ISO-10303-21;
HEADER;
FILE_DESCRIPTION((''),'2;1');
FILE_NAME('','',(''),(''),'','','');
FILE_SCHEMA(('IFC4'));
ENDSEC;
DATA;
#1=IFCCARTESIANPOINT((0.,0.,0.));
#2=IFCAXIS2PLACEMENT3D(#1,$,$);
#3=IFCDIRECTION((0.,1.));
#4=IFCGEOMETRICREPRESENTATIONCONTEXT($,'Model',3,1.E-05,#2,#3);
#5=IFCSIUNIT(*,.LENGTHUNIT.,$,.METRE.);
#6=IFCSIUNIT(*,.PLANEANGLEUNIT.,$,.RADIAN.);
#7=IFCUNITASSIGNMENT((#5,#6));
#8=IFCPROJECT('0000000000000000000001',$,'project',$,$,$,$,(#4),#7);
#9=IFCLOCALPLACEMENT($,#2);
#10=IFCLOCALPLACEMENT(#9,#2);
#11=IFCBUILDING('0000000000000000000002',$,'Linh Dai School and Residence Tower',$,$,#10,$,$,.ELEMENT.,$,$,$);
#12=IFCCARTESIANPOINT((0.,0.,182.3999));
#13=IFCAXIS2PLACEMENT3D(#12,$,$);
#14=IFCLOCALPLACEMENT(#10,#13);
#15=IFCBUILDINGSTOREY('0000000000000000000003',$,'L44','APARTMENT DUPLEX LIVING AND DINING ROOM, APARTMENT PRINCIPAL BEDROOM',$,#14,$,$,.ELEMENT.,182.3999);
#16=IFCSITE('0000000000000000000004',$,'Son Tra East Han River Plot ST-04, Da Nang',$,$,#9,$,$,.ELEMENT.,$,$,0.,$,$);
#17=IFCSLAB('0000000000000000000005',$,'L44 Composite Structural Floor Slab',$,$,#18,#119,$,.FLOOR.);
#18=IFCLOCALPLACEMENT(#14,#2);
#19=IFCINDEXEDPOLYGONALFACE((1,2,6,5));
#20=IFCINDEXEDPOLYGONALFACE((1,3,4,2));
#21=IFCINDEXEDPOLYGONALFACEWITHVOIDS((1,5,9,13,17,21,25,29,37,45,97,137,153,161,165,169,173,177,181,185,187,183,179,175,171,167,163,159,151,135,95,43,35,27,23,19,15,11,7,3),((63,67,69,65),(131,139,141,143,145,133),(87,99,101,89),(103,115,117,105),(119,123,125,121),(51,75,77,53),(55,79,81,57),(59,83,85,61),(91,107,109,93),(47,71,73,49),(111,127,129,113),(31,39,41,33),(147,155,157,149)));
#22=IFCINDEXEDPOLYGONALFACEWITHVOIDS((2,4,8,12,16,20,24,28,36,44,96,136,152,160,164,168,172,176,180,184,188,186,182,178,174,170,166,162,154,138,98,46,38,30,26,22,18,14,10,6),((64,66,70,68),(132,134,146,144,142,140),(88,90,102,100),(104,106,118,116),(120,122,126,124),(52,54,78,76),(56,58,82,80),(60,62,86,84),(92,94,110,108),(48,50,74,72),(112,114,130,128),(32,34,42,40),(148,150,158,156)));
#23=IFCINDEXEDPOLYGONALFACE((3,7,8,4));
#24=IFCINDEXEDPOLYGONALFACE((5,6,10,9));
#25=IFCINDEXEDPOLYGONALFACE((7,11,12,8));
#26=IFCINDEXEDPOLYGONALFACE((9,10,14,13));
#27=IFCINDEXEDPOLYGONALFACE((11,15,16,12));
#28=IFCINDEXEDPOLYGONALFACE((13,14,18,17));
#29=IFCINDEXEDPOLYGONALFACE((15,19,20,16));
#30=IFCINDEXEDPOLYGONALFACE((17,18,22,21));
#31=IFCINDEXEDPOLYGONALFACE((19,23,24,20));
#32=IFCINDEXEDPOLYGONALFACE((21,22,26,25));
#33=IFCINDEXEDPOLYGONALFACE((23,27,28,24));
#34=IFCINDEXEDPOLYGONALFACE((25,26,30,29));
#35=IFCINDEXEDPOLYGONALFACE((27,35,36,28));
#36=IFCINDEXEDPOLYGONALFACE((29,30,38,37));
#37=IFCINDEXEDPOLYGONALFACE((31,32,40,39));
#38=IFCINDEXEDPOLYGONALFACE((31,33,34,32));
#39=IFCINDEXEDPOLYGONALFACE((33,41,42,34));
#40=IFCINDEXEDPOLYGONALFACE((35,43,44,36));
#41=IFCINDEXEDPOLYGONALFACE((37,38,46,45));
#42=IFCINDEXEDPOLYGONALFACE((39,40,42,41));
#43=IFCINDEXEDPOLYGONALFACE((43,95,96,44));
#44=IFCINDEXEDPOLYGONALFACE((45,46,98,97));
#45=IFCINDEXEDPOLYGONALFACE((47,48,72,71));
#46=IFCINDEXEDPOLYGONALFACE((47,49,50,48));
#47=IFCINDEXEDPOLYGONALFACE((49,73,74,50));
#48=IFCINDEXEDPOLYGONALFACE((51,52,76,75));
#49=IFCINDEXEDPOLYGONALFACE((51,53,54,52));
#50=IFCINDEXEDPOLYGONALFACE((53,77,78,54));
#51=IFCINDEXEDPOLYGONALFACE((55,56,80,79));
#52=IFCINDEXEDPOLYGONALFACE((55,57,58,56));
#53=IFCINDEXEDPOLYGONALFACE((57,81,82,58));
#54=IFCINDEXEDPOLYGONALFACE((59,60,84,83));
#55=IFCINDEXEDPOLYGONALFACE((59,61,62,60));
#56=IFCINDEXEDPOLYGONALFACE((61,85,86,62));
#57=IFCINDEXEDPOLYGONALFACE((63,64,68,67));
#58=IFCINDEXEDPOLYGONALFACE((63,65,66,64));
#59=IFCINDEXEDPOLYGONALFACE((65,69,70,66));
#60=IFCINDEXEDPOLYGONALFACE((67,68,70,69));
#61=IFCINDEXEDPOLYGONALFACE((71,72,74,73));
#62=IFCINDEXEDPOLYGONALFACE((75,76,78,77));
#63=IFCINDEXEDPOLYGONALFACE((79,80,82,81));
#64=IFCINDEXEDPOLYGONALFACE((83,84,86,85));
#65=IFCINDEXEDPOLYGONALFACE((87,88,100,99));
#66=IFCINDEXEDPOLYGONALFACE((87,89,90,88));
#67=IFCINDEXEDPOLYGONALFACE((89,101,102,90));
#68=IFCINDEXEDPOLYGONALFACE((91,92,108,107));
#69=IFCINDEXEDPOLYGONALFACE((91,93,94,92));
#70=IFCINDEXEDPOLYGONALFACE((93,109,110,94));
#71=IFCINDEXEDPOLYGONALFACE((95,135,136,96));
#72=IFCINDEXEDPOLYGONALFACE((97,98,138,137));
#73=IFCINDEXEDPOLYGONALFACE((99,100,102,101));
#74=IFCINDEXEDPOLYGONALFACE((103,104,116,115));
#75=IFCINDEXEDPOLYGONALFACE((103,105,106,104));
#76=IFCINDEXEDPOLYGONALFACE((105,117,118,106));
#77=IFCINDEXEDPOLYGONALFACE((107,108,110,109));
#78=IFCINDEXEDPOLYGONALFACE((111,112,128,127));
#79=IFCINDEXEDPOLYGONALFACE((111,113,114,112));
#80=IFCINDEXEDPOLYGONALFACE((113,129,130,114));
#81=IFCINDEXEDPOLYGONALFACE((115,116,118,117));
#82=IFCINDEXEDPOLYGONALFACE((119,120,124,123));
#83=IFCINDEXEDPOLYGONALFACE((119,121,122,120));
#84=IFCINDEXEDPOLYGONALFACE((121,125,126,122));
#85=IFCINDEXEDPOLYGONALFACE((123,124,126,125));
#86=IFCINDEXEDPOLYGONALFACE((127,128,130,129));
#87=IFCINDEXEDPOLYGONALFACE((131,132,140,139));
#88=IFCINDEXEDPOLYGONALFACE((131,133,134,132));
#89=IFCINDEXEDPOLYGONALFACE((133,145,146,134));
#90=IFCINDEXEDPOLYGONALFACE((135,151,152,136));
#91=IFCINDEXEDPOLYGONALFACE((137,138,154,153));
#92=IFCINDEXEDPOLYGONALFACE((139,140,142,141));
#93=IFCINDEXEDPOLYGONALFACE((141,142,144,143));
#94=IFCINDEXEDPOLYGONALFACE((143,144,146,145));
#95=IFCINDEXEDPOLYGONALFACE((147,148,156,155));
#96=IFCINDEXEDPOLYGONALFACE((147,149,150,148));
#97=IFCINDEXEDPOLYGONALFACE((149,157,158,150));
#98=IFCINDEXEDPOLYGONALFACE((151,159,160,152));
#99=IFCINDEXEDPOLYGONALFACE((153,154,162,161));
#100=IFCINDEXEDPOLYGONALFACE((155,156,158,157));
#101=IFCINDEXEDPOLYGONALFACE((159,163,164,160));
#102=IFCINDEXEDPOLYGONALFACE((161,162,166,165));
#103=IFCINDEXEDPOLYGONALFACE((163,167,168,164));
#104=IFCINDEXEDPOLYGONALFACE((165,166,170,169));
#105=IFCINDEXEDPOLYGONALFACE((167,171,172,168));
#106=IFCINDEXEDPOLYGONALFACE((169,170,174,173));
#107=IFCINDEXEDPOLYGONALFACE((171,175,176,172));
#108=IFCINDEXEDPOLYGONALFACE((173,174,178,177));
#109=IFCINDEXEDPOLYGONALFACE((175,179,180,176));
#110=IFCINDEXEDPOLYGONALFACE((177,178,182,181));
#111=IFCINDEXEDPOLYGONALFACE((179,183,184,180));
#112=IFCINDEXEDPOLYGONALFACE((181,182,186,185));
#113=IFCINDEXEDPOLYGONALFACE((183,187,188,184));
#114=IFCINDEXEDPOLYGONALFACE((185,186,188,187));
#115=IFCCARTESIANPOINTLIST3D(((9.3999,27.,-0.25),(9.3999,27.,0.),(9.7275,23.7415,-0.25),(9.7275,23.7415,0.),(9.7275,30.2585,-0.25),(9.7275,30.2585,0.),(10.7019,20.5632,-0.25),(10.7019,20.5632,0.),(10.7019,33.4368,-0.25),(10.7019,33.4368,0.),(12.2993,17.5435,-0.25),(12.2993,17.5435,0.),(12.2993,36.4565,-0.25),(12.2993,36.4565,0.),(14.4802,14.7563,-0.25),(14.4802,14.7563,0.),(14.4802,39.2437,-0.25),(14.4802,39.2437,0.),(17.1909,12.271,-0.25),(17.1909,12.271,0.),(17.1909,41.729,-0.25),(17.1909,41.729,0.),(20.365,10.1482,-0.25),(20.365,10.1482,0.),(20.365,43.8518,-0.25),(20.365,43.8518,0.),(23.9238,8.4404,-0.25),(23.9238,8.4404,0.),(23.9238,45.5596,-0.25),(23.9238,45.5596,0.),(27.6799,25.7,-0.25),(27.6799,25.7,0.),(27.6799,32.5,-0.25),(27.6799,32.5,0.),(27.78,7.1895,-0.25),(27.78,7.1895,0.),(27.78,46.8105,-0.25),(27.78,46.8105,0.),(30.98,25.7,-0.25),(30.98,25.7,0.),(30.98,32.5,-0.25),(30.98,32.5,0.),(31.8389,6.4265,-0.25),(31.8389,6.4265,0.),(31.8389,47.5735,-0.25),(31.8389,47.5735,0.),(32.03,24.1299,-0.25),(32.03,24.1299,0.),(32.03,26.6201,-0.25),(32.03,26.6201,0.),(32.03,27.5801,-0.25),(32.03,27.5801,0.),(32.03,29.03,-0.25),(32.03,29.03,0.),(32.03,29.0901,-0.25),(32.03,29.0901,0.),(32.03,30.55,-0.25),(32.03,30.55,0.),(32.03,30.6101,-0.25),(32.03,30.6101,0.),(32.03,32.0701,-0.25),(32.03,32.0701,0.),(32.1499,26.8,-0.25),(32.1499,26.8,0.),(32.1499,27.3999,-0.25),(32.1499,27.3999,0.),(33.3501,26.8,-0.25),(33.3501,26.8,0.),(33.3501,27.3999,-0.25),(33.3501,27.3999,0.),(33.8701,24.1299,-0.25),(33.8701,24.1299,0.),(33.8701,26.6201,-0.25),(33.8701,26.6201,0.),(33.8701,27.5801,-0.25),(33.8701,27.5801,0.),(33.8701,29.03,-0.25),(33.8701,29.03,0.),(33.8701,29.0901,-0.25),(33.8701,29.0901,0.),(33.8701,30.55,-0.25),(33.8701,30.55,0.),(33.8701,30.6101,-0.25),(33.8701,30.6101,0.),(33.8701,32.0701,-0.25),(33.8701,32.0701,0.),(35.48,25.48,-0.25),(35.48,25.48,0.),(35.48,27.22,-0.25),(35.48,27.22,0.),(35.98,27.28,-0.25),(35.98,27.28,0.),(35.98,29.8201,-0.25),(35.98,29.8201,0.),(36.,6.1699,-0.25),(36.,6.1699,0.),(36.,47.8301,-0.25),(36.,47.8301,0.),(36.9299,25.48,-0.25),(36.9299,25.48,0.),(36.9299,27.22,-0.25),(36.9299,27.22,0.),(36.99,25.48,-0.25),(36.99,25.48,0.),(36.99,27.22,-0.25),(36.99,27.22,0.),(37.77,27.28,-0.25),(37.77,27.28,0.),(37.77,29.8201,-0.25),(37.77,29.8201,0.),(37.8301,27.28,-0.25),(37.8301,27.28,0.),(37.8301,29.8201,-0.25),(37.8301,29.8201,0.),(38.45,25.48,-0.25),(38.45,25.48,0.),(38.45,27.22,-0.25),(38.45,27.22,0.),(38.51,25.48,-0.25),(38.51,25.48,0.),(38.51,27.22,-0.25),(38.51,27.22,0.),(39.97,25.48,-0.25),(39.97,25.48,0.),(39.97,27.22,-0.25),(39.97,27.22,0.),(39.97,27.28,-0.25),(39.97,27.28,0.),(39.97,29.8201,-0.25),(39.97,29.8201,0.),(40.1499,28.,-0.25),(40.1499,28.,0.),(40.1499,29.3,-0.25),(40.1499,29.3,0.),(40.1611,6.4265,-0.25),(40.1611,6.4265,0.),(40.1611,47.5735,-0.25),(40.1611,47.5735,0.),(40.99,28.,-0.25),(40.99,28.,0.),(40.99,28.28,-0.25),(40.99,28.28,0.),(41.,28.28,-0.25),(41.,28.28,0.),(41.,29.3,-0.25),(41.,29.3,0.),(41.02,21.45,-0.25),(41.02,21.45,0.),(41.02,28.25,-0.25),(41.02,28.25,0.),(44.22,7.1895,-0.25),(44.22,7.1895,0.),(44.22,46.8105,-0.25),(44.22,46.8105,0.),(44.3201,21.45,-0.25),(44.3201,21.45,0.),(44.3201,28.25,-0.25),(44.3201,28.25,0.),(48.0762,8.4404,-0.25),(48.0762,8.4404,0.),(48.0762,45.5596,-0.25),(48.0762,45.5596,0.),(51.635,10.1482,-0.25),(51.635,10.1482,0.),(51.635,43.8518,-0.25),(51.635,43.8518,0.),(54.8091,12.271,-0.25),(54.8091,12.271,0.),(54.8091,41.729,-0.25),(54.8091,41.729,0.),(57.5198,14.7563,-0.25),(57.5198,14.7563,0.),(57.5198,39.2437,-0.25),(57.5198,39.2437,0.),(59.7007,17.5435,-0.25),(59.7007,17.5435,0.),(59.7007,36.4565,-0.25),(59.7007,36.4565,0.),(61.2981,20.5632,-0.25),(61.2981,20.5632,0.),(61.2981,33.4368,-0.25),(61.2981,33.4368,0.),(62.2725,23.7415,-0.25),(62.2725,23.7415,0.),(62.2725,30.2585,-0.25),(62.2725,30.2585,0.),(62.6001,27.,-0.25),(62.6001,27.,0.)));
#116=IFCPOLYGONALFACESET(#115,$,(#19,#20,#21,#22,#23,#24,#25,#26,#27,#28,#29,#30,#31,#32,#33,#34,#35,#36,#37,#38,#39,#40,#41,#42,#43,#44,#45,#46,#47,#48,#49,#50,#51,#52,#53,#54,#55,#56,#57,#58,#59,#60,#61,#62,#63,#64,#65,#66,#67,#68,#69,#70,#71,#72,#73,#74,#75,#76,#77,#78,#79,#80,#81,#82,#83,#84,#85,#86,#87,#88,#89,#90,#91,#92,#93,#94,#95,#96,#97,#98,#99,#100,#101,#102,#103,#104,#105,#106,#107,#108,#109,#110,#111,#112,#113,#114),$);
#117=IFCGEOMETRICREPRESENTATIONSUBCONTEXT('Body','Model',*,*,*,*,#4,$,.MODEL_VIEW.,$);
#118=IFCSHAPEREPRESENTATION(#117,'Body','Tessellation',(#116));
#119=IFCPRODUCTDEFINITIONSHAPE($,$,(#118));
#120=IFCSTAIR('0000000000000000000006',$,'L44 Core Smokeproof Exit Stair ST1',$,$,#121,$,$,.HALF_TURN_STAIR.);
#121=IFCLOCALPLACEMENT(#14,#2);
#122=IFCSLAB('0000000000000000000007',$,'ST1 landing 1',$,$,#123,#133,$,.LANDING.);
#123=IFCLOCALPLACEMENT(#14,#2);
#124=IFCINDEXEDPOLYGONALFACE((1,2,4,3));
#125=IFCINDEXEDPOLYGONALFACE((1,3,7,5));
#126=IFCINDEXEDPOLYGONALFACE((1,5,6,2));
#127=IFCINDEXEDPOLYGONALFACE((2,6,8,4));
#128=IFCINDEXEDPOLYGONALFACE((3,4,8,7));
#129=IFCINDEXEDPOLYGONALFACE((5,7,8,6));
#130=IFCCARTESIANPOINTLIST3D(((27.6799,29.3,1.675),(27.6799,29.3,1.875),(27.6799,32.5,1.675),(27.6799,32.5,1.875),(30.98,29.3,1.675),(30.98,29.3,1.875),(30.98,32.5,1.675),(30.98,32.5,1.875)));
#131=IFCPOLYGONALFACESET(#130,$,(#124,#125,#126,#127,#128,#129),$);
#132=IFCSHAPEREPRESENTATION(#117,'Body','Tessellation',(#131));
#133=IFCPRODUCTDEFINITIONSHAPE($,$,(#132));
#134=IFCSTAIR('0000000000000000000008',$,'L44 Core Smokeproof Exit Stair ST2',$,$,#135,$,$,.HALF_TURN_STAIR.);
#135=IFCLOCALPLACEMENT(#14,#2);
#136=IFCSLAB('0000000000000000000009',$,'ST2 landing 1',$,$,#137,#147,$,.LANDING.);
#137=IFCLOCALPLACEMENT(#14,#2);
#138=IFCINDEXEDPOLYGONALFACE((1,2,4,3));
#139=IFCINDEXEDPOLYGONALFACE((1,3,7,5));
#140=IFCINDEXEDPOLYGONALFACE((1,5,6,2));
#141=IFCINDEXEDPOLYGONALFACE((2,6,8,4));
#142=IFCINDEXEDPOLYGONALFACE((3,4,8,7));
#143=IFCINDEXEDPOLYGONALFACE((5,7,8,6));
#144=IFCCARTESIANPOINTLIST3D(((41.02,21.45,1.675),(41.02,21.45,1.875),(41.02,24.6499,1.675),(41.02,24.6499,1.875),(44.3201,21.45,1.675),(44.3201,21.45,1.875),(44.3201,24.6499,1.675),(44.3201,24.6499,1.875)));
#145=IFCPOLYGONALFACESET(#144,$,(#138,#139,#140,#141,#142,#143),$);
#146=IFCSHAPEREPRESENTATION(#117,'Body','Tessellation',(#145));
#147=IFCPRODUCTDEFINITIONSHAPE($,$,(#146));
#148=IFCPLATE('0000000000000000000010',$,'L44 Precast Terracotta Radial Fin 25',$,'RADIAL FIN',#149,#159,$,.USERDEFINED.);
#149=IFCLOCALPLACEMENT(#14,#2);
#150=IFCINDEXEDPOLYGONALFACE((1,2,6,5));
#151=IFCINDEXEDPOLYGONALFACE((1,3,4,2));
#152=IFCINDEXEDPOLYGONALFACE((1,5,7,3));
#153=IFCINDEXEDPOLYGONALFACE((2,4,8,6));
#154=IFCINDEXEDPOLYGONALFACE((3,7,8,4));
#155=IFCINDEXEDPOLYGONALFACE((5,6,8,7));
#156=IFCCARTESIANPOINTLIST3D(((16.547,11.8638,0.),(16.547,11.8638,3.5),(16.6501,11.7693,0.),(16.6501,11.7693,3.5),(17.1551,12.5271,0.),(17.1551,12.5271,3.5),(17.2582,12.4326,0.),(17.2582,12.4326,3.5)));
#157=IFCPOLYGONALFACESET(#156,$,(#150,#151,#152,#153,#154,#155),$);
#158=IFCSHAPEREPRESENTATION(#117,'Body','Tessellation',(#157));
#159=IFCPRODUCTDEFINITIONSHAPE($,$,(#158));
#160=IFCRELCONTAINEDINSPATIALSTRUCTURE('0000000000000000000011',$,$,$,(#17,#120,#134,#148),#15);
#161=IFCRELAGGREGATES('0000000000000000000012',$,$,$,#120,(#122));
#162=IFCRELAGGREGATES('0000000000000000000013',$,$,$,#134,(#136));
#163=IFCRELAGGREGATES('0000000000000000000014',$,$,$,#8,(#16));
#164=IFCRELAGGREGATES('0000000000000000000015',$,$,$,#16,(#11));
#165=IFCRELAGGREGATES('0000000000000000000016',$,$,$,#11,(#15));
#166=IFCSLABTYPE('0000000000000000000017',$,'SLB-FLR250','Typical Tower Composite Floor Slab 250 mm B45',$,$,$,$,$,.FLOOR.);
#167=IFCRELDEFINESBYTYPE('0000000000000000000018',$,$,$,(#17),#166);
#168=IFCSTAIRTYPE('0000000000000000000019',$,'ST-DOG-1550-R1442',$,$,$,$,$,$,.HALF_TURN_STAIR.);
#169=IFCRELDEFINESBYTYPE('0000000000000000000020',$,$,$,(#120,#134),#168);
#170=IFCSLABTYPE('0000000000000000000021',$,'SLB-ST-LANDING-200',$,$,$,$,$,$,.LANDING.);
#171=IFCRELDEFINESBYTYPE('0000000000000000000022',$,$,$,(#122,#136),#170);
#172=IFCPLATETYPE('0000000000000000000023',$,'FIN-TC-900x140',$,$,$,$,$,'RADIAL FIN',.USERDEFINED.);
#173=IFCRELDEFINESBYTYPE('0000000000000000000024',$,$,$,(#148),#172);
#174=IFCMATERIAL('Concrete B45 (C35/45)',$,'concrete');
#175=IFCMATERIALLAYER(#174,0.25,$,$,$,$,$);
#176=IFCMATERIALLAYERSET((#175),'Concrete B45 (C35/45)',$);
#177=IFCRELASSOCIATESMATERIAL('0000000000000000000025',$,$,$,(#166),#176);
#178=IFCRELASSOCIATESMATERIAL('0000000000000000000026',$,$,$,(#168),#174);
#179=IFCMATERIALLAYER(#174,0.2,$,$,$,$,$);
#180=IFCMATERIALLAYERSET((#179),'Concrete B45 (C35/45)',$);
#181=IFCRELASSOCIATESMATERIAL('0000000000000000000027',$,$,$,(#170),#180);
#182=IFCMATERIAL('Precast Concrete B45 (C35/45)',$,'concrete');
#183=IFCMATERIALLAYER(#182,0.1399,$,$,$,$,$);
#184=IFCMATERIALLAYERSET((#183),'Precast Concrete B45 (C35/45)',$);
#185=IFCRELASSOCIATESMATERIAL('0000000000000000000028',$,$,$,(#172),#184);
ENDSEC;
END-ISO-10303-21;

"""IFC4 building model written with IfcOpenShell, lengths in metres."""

from ifc_helpers import new_model, si_unit, direction, frame, origin, origin_2d, place, context, subcontext, project, spatial, polyline, rectangle, outline, extrude, source, transform, mapped, material, layer, layer_set, type_object, element, aggregate, save


model = new_model("IFC4")

# Units and contexts
model_context = context("Model", 3, precision=1e-05, world=origin(), true_north=direction((0.0, 1.0)))
body_context = subcontext(model_context, "Body", "Model", "MODEL_VIEW")
ifc_project = project(units=[si_unit("LENGTHUNIT", "METRE"), si_unit("PLANEANGLEUNIT", "RADIAN")], contexts=[model_context])

# Site, building, storey
site_placement = place(None, origin())
site = spatial("IfcSite", under=ifc_project, at=site_placement, Name="Son Tra East Han River Plot ST-04, Da Nang", CompositionType="ELEMENT", RefElevation=0.0)
building_placement = place(site_placement, origin())
building = spatial("IfcBuilding", under=site, at=building_placement, Name="Linh Dai School and Residence Tower", CompositionType="ELEMENT")
storey_placement = place(building_placement, frame((0.0, 0.0, 182.3999)))
storey = spatial("IfcBuildingStorey", under=building, at=storey_placement, Name="L44", Description="APARTMENT DUPLEX LIVING AND DINING ROOM, APARTMENT PRINCIPAL BEDROOM", CompositionType="ELEMENT", Elevation=182.3999)

# Slab
ifc_material_1 = material(Name="Concrete B45 (C35/45)", Category="concrete")
ifc_layer_1 = layer(ifc_material_1, 0.25)
ifc_layer_set_1 = layer_set([ifc_layer_1], Name="Concrete B45 (C35/45)")
slab_type_1 = type_object("IfcSlabType", Name="SLB-FLR250", Description="Typical Tower Composite Floor Slab 250 mm B45", PredefinedType="FLOOR", material=ifc_layer_set_1)
slab_1_placement = place(storey_placement, frame((0.0, 0.0, -0.25)))
element("IfcSlab", 1, at=slab_1_placement, inside=storey, type_object=slab_type_1, Name="L44 Composite Structural Floor Slab", PredefinedType="FLOOR", context=body_context, shape_type="SweptSolid", body=[
    extrude(outline(polyline([(62.6001, 27.0), (62.2725, 30.2585), (61.2981, 33.4368), (59.7007, 36.4565), (57.5198, 39.2437), (54.8091, 41.729), (51.635, 43.8518), (48.0762, 45.5596), (44.22, 46.8105), (40.1611, 47.5735), (36.0, 47.8301), (31.8389, 47.5735), (27.78, 46.8105), (23.9238, 45.5596), (20.365, 43.8518), (17.1909, 41.729), (14.4802, 39.2437), (12.2993, 36.4565), (10.7019, 33.4368), (9.7275, 30.2585), (9.3999, 27.0), (9.7275, 23.7415), (10.7019, 20.5632), (12.2993, 17.5435), (14.4802, 14.7563), (17.1909, 12.271), (20.365, 10.1482), (23.9238, 8.4404), (27.78, 7.1895), (31.8389, 6.4265), (36.0, 6.1699), (40.1611, 6.4265), (44.22, 7.1895), (48.0762, 8.4404), (51.635, 10.1482), (54.8091, 12.271), (57.5198, 14.7563), (59.7007, 17.5435), (61.2981, 20.5632), (62.2725, 23.7415), (62.6001, 27.0)]), holes=[polyline([(30.98, 25.7), (30.98, 32.5), (27.6799, 32.5), (27.6799, 25.7), (30.98, 25.7)]), polyline([(41.02, 28.25), (41.02, 21.45), (44.3201, 21.45), (44.3201, 28.25), (41.02, 28.25)]), polyline([(35.98, 27.28), (37.77, 27.28), (37.77, 29.8201), (35.98, 29.8201), (35.98, 27.28)]), polyline([(32.03, 24.1299), (33.8701, 24.1299), (33.8701, 26.6201), (32.03, 26.6201), (32.03, 24.1299)]), polyline([(37.8301, 27.28), (39.97, 27.28), (39.97, 29.8201), (37.8301, 29.8201), (37.8301, 27.28)]), polyline([(32.03, 27.5801), (33.8701, 27.5801), (33.8701, 29.03), (32.03, 29.03), (32.03, 27.5801)]), polyline([(32.03, 29.0901), (33.8701, 29.0901), (33.8701, 30.55), (32.03, 30.55), (32.03, 29.0901)]), polyline([(32.03, 30.6101), (33.8701, 30.6101), (33.8701, 32.0701), (32.03, 32.0701), (32.03, 30.6101)]), polyline([(35.48, 25.48), (36.9299, 25.48), (36.9299, 27.22), (35.48, 27.22), (35.48, 25.48)]), polyline([(36.99, 25.48), (38.45, 25.48), (38.45, 27.22), (36.99, 27.22), (36.99, 25.48)]), polyline([(38.51, 25.48), (39.97, 25.48), (39.97, 27.22), (38.51, 27.22), (38.51, 25.48)]), polyline([(40.1499, 28.0), (40.1499, 29.3), (41.0, 29.3), (41.0, 28.28), (40.99, 28.28), (40.99, 28.0), (40.1499, 28.0)]), polyline([(32.1499, 26.8), (33.3501, 26.8), (33.3501, 27.3999), (32.1499, 27.3999), (32.1499, 26.8)])]), origin(), (0.0, 0.0, 1.0), 0.25),
])

# Stairs, slabs
stair_type = type_object("IfcStairType", Name="ST-DOG-1550-R1442", PredefinedType="HALF_TURN_STAIR", material=ifc_material_1)
stair_1_placement = place(storey_placement, origin())
stair_1 = element("IfcStair", 2, at=stair_1_placement, inside=storey, type_object=stair_type, Name="L44 Core Smokeproof Exit Stair ST1", PredefinedType="HALF_TURN_STAIR")
ifc_layer_2 = layer(ifc_material_1, 0.2)
ifc_layer_set_2 = layer_set([ifc_layer_2], Name="Concrete B45 (C35/45)")
slab_type_2 = type_object("IfcSlabType", Name="SLB-ST-LANDING-200", PredefinedType="LANDING", material=ifc_layer_set_2)
slab_2_placement = place(storey_placement, frame((0.0, 0.0, 1.675)))
slab_2 = element("IfcSlab", 3, at=slab_2_placement, type_object=slab_type_2, Name="ST1 landing 1", PredefinedType="LANDING", context=body_context, shape_type="SweptSolid", body=[
    extrude(outline(polyline([(30.98, 29.3), (30.98, 32.5), (27.6799, 32.5), (27.6799, 29.3), (30.98, 29.3)])), origin(), (0.0, 0.0, 1.0), 0.2),
])
aggregate(stair_1, [slab_2])
stair_2_placement = place(storey_placement, origin())
stair_2 = element("IfcStair", 4, at=stair_2_placement, inside=storey, type_object=stair_type, Name="L44 Core Smokeproof Exit Stair ST2", PredefinedType="HALF_TURN_STAIR")
slab_3_placement = place(storey_placement, frame((0.0, 0.0, 1.675)))
slab_3 = element("IfcSlab", 5, at=slab_3_placement, type_object=slab_type_2, Name="ST2 landing 1", PredefinedType="LANDING", context=body_context, shape_type="SweptSolid", body=[
    extrude(outline(polyline([(41.02, 24.6499), (41.02, 21.45), (44.3201, 21.45), (44.3201, 24.6499), (41.02, 24.6499)])), origin(), (0.0, 0.0, 1.0), 0.2),
])
aggregate(stair_2, [slab_3])

# Plate
ifc_material_2 = material(Name="Precast Concrete B45 (C35/45)", Category="concrete")
ifc_layer_3 = layer(ifc_material_2, 0.1399)
ifc_layer_set_3 = layer_set([ifc_layer_3], Name="Precast Concrete B45 (C35/45)")
plate_type = type_object("IfcPlateType", Name="FIN-TC-900x140", ElementType="RADIAL FIN", PredefinedType="USERDEFINED", material=ifc_layer_set_3)
shared_shape_1 = source(origin(), body_context, "Body", "SweptSolid", [
    extrude(rectangle(XDim=0.8999, YDim=0.1399, at=origin_2d()), origin(), (0.0, 0.0, 1.0), 3.5),
])
plate_placement = place(storey_placement, frame((16.9026, 12.1482, 0.0), z_axis=(0.0, 0.0, 1.0), x_axis=(-0.6758, -0.737085, 0.0)))
element("IfcPlate", 6, at=plate_placement, inside=storey, type_object=plate_type, Name="L44 Precast Terracotta Radial Fin 25", ObjectType="RADIAL FIN", PredefinedType="USERDEFINED", context=body_context, shape_type="MappedRepresentation", body=[
    mapped(shared_shape_1, transform((0.0, 0.0, 0.0), x_axis=(1.0, 0.0, 0.0), y_axis=(0.0, 1.0, 0.0), z_axis=(0.0, 0.0, 1.0), scale=1.0)),
])

save(model, "model.ifc")
